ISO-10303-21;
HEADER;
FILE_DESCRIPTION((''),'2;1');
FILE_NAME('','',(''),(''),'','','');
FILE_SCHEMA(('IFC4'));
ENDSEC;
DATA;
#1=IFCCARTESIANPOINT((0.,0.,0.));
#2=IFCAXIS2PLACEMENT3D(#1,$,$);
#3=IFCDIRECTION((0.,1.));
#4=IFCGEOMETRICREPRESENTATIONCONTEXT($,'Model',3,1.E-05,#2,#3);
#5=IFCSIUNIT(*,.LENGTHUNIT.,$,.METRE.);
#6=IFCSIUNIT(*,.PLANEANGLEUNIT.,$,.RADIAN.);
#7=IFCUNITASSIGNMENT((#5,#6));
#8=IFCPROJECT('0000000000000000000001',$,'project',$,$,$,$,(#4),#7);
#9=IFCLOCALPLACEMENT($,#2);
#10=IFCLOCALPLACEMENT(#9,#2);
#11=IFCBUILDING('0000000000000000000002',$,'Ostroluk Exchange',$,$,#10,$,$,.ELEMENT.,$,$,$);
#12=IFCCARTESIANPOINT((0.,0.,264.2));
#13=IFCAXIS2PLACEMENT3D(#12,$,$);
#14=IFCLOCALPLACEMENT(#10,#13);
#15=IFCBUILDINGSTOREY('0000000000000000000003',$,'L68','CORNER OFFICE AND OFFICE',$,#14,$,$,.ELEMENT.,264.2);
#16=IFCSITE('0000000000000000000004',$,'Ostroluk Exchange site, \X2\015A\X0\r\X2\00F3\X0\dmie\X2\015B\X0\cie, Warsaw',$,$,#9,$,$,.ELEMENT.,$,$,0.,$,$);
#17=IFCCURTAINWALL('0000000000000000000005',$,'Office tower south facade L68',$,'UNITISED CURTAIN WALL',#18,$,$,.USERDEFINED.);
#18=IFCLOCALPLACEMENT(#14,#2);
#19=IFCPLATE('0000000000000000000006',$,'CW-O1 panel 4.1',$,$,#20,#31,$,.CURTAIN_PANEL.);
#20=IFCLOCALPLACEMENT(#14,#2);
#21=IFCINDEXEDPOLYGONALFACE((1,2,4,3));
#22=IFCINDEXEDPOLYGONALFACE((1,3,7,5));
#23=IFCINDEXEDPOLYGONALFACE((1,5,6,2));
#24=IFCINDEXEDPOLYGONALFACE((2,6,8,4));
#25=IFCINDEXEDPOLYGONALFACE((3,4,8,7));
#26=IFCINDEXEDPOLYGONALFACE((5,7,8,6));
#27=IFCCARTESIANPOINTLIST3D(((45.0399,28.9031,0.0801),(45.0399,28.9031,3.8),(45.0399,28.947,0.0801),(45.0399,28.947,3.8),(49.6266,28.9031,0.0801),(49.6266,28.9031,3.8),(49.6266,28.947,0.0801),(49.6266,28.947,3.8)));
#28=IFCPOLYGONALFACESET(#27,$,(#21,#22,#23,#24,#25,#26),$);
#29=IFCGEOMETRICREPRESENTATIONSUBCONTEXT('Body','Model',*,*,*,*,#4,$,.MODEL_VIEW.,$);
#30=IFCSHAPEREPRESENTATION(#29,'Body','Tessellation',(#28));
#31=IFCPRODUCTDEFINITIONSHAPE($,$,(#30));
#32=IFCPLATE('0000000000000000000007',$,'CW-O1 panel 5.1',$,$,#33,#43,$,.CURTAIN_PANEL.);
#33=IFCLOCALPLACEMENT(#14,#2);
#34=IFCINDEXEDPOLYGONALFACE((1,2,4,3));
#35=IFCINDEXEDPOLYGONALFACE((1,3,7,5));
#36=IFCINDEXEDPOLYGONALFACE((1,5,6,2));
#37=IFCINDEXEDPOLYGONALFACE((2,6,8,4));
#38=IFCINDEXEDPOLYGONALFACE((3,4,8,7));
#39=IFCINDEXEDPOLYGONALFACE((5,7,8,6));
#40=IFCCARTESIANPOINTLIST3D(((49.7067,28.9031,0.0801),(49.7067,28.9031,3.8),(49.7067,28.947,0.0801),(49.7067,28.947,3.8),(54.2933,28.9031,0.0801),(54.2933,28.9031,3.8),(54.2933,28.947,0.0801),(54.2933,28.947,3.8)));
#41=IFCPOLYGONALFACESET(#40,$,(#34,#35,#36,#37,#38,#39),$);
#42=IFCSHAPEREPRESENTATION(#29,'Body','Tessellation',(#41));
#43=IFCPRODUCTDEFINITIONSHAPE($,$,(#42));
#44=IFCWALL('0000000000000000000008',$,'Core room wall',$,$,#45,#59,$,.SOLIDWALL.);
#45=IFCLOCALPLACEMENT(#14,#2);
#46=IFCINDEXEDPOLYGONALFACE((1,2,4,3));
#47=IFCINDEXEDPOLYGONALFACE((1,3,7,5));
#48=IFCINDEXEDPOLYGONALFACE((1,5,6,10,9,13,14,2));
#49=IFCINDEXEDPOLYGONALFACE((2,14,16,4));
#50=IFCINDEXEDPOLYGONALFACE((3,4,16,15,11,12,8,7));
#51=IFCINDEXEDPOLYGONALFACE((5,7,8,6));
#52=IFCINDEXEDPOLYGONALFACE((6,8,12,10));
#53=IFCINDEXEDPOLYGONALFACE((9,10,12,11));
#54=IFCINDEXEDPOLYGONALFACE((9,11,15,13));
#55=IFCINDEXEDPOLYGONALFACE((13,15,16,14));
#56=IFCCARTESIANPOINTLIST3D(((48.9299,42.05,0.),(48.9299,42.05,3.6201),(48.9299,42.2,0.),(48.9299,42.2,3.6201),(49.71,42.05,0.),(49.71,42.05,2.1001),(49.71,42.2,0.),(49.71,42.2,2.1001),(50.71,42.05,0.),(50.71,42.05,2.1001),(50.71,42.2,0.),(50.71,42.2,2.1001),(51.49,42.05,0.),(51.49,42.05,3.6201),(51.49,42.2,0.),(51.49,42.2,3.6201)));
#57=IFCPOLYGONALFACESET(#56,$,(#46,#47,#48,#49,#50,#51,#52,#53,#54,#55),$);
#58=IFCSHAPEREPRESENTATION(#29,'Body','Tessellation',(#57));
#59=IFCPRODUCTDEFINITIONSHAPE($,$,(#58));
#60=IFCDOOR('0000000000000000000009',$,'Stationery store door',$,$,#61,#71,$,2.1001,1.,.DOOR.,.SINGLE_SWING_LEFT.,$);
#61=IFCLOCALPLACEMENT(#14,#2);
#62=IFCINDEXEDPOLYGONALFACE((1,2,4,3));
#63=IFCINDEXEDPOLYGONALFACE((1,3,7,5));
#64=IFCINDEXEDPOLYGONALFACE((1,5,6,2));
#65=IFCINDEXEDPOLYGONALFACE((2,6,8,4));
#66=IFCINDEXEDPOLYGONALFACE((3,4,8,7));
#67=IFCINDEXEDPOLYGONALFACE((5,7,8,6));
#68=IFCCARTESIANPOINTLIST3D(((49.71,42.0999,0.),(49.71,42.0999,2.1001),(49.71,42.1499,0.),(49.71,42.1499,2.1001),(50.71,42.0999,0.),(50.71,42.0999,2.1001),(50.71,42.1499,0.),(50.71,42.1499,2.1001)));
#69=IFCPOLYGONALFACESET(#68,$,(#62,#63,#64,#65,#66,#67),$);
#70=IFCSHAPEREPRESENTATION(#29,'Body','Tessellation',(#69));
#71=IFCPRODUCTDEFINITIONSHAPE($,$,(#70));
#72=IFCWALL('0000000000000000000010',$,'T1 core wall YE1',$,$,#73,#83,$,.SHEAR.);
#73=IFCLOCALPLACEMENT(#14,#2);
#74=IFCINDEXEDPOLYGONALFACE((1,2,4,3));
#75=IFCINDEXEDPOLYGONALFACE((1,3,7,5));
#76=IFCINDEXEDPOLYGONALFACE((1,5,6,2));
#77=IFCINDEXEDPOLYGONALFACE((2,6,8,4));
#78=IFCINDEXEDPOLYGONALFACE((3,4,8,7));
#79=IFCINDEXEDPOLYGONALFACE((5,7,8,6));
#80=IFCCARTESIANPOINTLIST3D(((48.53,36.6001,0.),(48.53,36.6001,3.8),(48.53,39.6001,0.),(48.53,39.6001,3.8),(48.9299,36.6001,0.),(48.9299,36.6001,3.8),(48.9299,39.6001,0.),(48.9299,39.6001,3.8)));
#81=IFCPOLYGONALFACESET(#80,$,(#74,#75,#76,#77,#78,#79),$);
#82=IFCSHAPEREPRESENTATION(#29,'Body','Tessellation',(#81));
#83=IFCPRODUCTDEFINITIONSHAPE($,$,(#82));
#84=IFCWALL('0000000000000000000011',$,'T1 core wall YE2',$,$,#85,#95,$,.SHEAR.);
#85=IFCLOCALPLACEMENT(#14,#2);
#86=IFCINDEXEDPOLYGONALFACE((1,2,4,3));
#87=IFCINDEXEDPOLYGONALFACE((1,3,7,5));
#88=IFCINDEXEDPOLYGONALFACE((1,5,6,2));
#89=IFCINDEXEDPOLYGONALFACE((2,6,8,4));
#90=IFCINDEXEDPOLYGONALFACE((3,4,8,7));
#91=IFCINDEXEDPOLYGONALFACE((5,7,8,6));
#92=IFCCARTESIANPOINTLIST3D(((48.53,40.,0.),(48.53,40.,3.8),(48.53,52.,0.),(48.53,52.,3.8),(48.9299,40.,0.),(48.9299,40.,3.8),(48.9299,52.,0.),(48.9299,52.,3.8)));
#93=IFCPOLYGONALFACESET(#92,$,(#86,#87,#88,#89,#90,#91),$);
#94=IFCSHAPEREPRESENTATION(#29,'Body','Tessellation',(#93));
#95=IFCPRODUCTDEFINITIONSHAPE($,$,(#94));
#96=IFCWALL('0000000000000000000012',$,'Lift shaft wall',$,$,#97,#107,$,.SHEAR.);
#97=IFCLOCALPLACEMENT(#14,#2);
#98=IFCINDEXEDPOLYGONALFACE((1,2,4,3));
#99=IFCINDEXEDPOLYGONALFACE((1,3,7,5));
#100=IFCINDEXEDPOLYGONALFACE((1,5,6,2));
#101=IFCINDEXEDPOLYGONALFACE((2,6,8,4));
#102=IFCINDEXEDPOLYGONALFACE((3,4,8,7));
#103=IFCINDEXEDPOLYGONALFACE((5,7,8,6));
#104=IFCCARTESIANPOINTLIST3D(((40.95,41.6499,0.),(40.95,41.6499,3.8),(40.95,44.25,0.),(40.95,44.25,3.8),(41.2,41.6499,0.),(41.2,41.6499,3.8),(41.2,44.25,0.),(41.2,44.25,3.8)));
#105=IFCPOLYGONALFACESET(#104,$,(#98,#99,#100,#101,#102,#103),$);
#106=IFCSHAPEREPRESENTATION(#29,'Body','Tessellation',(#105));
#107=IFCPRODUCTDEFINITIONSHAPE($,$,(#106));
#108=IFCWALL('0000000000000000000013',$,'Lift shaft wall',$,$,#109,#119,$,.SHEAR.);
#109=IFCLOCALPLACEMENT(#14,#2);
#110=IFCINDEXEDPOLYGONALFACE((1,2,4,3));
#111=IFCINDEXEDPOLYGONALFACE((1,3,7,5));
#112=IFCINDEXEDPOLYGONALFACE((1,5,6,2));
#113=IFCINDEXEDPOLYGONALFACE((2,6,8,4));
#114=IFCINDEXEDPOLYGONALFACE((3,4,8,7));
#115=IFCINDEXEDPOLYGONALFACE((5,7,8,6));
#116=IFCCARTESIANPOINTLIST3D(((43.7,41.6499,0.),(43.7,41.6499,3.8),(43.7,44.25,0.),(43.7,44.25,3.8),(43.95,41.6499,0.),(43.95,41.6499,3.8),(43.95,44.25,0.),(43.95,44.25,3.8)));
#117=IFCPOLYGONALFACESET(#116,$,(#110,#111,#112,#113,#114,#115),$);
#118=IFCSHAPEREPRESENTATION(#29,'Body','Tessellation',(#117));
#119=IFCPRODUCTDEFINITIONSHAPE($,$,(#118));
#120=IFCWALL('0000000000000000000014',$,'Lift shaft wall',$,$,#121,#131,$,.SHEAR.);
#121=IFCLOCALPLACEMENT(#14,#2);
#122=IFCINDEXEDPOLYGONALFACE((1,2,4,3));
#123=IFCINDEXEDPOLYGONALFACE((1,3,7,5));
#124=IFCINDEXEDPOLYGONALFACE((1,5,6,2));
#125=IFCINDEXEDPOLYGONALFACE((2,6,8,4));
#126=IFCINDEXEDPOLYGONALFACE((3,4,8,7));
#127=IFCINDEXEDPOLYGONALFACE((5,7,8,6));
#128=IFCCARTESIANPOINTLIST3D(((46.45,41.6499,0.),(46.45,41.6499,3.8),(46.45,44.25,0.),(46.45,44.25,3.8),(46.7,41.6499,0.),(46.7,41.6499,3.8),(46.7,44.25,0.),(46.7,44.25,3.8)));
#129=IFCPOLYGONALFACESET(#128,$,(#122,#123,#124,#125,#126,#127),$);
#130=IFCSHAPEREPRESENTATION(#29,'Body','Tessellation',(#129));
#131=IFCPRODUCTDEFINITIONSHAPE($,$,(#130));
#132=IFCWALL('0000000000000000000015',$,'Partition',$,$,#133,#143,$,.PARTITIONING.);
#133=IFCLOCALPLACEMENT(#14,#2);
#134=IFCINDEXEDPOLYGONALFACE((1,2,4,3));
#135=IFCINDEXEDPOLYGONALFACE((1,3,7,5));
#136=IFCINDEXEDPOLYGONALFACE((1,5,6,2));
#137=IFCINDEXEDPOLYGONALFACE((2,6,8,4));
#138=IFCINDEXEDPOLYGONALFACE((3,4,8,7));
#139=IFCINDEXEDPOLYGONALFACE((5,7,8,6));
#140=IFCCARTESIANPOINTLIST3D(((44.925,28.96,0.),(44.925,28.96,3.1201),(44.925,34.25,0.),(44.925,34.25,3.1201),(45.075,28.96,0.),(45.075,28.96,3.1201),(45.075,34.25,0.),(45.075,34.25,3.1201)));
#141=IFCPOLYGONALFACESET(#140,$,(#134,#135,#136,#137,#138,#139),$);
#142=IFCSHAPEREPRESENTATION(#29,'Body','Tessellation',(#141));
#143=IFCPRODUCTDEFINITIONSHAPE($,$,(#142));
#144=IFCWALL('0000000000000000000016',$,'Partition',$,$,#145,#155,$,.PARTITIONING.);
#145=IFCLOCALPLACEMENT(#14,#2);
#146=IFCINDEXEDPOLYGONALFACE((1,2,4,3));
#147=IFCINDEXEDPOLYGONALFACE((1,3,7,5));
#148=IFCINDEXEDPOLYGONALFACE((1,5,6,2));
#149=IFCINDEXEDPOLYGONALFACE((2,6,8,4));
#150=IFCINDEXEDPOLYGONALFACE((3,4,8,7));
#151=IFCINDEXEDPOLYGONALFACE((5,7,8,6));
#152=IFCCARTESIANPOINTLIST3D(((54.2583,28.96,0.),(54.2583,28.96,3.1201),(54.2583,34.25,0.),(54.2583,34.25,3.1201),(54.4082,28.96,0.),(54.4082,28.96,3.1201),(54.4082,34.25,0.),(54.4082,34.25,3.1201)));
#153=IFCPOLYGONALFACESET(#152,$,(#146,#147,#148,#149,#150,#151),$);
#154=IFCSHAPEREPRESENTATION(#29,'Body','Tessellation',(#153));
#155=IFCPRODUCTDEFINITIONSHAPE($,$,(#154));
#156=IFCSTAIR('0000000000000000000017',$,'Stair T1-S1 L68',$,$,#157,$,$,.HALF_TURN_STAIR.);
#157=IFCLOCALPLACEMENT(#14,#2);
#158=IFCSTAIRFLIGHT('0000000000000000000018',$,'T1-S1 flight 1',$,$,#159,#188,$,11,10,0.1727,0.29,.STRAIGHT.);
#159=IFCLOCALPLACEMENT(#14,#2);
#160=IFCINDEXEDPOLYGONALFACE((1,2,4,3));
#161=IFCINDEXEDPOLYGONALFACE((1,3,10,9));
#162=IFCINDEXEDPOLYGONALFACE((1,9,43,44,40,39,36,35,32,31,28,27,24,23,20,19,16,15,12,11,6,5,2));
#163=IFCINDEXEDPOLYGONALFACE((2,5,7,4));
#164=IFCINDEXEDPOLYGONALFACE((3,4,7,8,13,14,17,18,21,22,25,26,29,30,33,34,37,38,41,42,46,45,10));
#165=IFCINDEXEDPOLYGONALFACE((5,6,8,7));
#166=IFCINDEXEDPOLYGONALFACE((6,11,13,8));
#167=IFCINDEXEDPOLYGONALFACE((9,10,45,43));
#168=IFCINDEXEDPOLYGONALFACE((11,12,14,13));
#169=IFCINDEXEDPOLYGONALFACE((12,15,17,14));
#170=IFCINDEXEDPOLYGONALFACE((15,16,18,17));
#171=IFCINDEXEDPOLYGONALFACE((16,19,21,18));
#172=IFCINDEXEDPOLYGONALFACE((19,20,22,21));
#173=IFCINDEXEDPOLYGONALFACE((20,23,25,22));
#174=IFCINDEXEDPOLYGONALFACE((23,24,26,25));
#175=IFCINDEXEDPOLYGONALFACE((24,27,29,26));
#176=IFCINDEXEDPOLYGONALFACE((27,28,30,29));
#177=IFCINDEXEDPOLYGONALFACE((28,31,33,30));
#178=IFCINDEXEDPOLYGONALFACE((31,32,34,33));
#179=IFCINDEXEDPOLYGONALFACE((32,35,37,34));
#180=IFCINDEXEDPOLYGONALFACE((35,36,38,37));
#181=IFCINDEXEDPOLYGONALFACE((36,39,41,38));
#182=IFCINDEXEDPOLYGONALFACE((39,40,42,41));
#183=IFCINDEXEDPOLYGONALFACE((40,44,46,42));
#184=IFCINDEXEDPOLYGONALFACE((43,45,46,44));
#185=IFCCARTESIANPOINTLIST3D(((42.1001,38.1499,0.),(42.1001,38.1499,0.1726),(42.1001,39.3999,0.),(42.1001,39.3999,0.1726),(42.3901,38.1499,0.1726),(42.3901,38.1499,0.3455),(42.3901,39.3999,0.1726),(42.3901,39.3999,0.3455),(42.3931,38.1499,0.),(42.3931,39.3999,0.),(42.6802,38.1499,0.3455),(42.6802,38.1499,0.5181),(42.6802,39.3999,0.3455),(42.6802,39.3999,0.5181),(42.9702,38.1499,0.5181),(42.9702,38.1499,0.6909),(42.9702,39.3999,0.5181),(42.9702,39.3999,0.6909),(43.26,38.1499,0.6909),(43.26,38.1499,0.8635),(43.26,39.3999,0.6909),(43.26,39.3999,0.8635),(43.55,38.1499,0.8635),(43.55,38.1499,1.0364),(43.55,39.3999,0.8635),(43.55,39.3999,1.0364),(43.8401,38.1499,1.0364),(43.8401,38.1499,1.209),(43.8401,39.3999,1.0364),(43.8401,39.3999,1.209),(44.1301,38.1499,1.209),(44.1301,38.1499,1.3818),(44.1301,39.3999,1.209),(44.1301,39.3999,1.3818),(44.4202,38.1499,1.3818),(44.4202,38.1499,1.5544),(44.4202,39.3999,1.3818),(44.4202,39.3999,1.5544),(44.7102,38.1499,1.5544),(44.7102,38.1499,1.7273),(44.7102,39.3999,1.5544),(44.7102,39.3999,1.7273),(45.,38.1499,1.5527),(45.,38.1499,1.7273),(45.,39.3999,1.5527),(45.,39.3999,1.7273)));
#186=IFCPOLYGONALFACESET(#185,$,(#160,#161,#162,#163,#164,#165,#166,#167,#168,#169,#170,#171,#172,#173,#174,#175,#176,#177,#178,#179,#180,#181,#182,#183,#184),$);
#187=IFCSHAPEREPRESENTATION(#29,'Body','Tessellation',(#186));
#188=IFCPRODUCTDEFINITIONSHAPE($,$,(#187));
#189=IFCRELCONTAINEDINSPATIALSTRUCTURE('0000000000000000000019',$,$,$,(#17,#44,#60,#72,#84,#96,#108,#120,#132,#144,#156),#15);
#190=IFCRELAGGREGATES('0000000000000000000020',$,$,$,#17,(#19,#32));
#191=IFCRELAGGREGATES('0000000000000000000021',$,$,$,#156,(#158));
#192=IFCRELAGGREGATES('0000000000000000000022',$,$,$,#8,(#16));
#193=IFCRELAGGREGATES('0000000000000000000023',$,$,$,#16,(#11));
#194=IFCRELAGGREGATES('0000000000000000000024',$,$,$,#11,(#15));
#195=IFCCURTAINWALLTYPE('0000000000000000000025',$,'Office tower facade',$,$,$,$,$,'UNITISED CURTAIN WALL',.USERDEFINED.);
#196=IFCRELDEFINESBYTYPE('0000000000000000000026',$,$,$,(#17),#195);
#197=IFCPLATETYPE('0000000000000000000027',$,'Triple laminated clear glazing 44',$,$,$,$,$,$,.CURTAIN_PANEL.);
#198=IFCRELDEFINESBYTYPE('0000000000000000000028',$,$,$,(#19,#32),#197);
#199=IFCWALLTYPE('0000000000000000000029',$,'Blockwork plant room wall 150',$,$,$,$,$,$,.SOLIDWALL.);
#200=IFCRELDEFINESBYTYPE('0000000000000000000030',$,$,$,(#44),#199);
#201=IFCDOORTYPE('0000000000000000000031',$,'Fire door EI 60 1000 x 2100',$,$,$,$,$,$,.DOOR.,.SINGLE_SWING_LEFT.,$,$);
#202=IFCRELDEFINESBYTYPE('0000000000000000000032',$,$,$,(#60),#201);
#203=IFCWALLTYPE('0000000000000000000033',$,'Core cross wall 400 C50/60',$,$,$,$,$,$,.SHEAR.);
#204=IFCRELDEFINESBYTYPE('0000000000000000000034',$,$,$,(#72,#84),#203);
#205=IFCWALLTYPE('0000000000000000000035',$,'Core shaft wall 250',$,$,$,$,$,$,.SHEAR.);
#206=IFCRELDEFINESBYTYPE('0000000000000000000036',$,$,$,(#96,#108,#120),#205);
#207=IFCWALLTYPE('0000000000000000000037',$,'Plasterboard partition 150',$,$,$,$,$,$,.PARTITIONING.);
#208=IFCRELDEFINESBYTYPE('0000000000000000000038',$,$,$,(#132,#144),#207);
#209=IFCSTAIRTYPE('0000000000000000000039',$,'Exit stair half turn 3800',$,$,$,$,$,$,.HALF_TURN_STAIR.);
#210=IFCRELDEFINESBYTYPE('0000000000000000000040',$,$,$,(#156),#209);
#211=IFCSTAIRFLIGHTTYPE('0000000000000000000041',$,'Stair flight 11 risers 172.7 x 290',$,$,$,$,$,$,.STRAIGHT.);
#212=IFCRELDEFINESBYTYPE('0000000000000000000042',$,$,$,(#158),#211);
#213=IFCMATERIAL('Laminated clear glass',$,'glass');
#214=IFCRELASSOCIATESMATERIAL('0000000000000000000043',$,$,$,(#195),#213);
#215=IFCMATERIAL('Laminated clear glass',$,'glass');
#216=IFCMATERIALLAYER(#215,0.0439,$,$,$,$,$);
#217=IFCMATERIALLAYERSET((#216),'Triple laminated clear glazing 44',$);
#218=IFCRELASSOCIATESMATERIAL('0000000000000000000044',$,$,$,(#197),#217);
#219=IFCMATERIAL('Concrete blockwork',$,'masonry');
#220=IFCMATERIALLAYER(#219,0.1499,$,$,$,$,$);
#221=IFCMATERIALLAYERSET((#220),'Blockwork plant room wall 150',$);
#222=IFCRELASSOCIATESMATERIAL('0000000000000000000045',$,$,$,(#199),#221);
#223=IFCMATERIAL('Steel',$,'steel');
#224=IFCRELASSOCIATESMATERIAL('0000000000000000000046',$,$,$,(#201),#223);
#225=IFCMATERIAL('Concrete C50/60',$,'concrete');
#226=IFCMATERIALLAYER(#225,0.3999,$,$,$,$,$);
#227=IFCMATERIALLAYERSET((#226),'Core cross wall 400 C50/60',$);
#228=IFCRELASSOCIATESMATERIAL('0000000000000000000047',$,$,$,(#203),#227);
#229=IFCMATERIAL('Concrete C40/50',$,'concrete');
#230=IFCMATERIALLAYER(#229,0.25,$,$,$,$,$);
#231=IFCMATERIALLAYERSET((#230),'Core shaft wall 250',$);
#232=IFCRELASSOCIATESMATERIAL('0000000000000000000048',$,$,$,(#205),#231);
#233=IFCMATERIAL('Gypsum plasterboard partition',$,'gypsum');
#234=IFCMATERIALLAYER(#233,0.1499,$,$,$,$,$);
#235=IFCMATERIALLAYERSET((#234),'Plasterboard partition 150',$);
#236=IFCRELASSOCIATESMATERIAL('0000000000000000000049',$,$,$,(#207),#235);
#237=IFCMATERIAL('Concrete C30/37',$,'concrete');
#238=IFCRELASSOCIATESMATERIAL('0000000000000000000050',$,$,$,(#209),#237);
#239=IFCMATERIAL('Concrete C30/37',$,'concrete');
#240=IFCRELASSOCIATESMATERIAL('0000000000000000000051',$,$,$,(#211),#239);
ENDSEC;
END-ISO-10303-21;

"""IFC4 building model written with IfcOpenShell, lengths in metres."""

from ifc_helpers import new_model, si_unit, direction, frame, frame_2d, origin, origin_2d, place, context, subcontext, project, spatial, polyline, rectangle, outline, extrude, material, layer, layer_set, type_object, element, fill, aggregate, save


model = new_model("IFC4")

# Units and contexts
model_context = context("Model", 3, precision=1e-05, world=origin(), true_north=direction((0.0, 1.0)))
body_context = subcontext(model_context, "Body", "Model", "MODEL_VIEW")
ifc_project = project(units=[si_unit("LENGTHUNIT", "METRE"), si_unit("PLANEANGLEUNIT", "RADIAN")], contexts=[model_context])

# Site, building, storey
site_placement = place(None, origin())
site = spatial("IfcSite", under=ifc_project, at=site_placement, Name="Ostroluk Exchange site, Śródmieście, Warsaw", CompositionType="ELEMENT", RefElevation=0.0)
building_placement = place(site_placement, origin())
building = spatial("IfcBuilding", under=site, at=building_placement, Name="Ostroluk Exchange", CompositionType="ELEMENT")
storey_placement = place(building_placement, frame((0.0, 0.0, 264.2)))
storey = spatial("IfcBuildingStorey", under=building, at=storey_placement, Name="L68", Description="CORNER OFFICE AND OFFICE", CompositionType="ELEMENT", Elevation=264.2)

# Curtain wall, plates
ifc_material_1 = material(Name="Laminated clear glass", Category="glass")
curtain_wall_type = type_object("IfcCurtainWallType", Name="Office tower facade", ElementType="UNITISED CURTAIN WALL", PredefinedType="USERDEFINED", material=ifc_material_1)
curtain_wall_placement = place(storey_placement, origin())
curtain_wall = element("IfcCurtainWall", 1, at=curtain_wall_placement, inside=storey, type_object=curtain_wall_type, Name="Office tower south facade L68", ObjectType="UNITISED CURTAIN WALL", PredefinedType="USERDEFINED")
ifc_material_2 = material(Name="Laminated clear glass", Category="glass")
ifc_layer_1 = layer(ifc_material_2, 0.0439)
ifc_layer_set_1 = layer_set([ifc_layer_1], Name="Triple laminated clear glazing 44")
plate_type = type_object("IfcPlateType", Name="Triple laminated clear glazing 44", PredefinedType="CURTAIN_PANEL", material=ifc_layer_set_1)
plate_1_placement = place(storey_placement, frame((47.3333, 28.925, 0.0801), z_axis=(0.0, 0.0, 1.0), x_axis=(1.0, 0.0, 0.0)))
plate_1 = element("IfcPlate", 2, at=plate_1_placement, type_object=plate_type, Name="CW-O1 panel 4.1", PredefinedType="CURTAIN_PANEL", context=body_context, shape_type="SweptSolid", body=[
    extrude(rectangle(XDim=4.5867, YDim=0.0439, at=origin_2d()), origin(), (0.0, 0.0, 1.0), 3.72),
])
plate_2_placement = place(storey_placement, frame((52.0, 28.925, 0.0801), z_axis=(0.0, 0.0, 1.0), x_axis=(1.0, 0.0, 0.0)))
plate_2 = element("IfcPlate", 3, at=plate_2_placement, type_object=plate_type, Name="CW-O1 panel 5.1", PredefinedType="CURTAIN_PANEL", context=body_context, shape_type="SweptSolid", body=[
    extrude(rectangle(XDim=4.5867, YDim=0.0439, at=origin_2d()), origin(), (0.0, 0.0, 1.0), 3.72),
])
aggregate(curtain_wall, [plate_1, plate_2])

# Wall, opening, door
ifc_material_3 = material(Name="Concrete blockwork", Category="masonry")
ifc_layer_2 = layer(ifc_material_3, 0.1499)
ifc_layer_set_2 = layer_set([ifc_layer_2], Name="Blockwork plant room wall 150")
wall_type_1 = type_object("IfcWallType", Name="Blockwork plant room wall 150", PredefinedType="SOLIDWALL", material=ifc_layer_set_2)
wall_1_placement = place(storey_placement, frame((48.9299, 42.125, 0.0), z_axis=(0.0, 0.0, 1.0), x_axis=(1.0, 0.0, 0.0)))
wall_1 = element("IfcWall", 4, at=wall_1_placement, inside=storey, type_object=wall_type_1, Name="Core room wall", PredefinedType="SOLIDWALL", context=body_context, shape_type="SweptSolid", body=[
    extrude(rectangle(XDim=2.5601, YDim=0.1499, at=frame_2d((1.28, 0.0))), origin(), (0.0, 0.0, 1.0), 3.6201),
])
opening_1_placement = place(wall_1_placement, frame((0.78, 0.0, 0.0)))
opening_1 = element("IfcOpeningElement", 5, at=opening_1_placement, cuts=wall_1, PredefinedType="OPENING", context=body_context, shape_type="SweptSolid", body=[
    extrude(rectangle(XDim=1.0, YDim=2.1001, at=frame_2d((0.5, 1.05))), frame((0.0, 0.085, 0.0), z_axis=(0.0, -1.0, 0.0), x_axis=(1.0, 0.0, 0.0)), (0.0, 0.0, 1.0), 0.1699),
])
ifc_material_4 = material(Name="Steel", Category="steel")
door_type_1 = type_object("IfcDoorType", Name="Fire door EI 60 1000 x 2100", OperationType="SINGLE_SWING_LEFT", PredefinedType="DOOR", material=ifc_material_4)
door_1_placement = place(opening_1_placement, origin())
door_1 = element("IfcDoor", 6, at=door_1_placement, inside=storey, type_object=door_type_1, Name="Stationery store door", OperationType="SINGLE_SWING_LEFT", OverallHeight=2.1001, OverallWidth=1.0, PredefinedType="DOOR", context=body_context, shape_type="SweptSolid", body=[
    extrude(rectangle(XDim=1.0, YDim=2.1001, at=frame_2d((0.5, 1.05))), frame((0.0, 0.0249, 0.0), z_axis=(0.0, -1.0, 0.0), x_axis=(1.0, 0.0, 0.0)), (0.0, 0.0, 1.0), 0.05),
])
fill(opening_1, door_1)

# Walls
ifc_material_5 = material(Name="Concrete C50/60", Category="concrete")
ifc_layer_3 = layer(ifc_material_5, 0.3999)
ifc_layer_set_3 = layer_set([ifc_layer_3], Name="Core cross wall 400 C50/60")
wall_type_2 = type_object("IfcWallType", Name="Core cross wall 400 C50/60", PredefinedType="SHEAR", material=ifc_layer_set_3)
wall_2_placement = place(storey_placement, frame((48.73, 36.6001, 0.0), z_axis=(0.0, 0.0, 1.0), x_axis=(0.0, 1.0, 0.0)))
element("IfcWall", 7, at=wall_2_placement, inside=storey, type_object=wall_type_2, Name="T1 core wall YE1", PredefinedType="SHEAR", context=body_context, shape_type="SweptSolid", body=[
    extrude(rectangle(XDim=3.0, YDim=0.3999, at=frame_2d((1.5, 0.0))), origin(), (0.0, 0.0, 1.0), 3.8),
])
wall_3_placement = place(storey_placement, frame((48.73, 40.0, 0.0), z_axis=(0.0, 0.0, 1.0), x_axis=(0.0, 1.0, 0.0)))
element("IfcWall", 8, at=wall_3_placement, inside=storey, type_object=wall_type_2, Name="T1 core wall YE2", PredefinedType="SHEAR", context=body_context, shape_type="SweptSolid", body=[
    extrude(rectangle(XDim=12.0, YDim=0.3999, at=frame_2d((6.0, 0.0))), origin(), (0.0, 0.0, 1.0), 3.8),
])

# Shared definitions
ifc_material_6 = material(Name="Concrete C40/50", Category="concrete")
ifc_layer_4 = layer(ifc_material_6, 0.25)
ifc_layer_set_4 = layer_set([ifc_layer_4], Name="Core shaft wall 250")
wall_type_3 = type_object("IfcWallType", Name="Core shaft wall 250", PredefinedType="SHEAR", material=ifc_layer_set_4)

# Walls
for number, where, z_axis, x_axis, name in (
    (9, (41.075, 44.25, 0.0), (0.0, 0.0, 1.0), (0.0, -1.0, 0.0), "Lift shaft wall"),
    (10, (43.825, 44.25, 0.0), (0.0, 0.0, 1.0), (0.0, -1.0, 0.0), "Lift shaft wall"),
    (11, (46.575, 44.25, 0.0), (0.0, 0.0, 1.0), (0.0, -1.0, 0.0), "Lift shaft wall"),
):
    element("IfcWall", number, at=place(storey_placement, frame(where, z_axis=z_axis, x_axis=x_axis)), inside=storey, type_object=wall_type_3, Name=name, PredefinedType="SHEAR", context=body_context, shape_type="SweptSolid", body=[
        extrude(rectangle(XDim=2.6001, YDim=0.25, at=frame_2d((1.3, 0.0))), origin(), (0.0, 0.0, 1.0), 3.8),
    ])

# Walls
ifc_material_7 = material(Name="Gypsum plasterboard partition", Category="gypsum")
ifc_layer_5 = layer(ifc_material_7, 0.1499)
ifc_layer_set_5 = layer_set([ifc_layer_5], Name="Plasterboard partition 150")
wall_type_4 = type_object("IfcWallType", Name="Plasterboard partition 150", PredefinedType="PARTITIONING", material=ifc_layer_set_5)
for number, where, z_axis, x_axis, name in (
    (12, (45.0, 34.25, 0.0), (0.0, 0.0, 1.0), (0.0, -1.0, 0.0), "Partition"),
    (13, (54.3333, 34.25, 0.0), (0.0, 0.0, 1.0), (0.0, -1.0, 0.0), "Partition"),
):
    element("IfcWall", number, at=place(storey_placement, frame(where, z_axis=z_axis, x_axis=x_axis)), inside=storey, type_object=wall_type_4, Name=name, PredefinedType="PARTITIONING", context=body_context, shape_type="SweptSolid", body=[
        extrude(rectangle(XDim=5.29, YDim=0.1499, at=frame_2d((2.645, 0.0))), origin(), (0.0, 0.0, 1.0), 3.1201),
    ])

# Stair, stair flight
ifc_material_8 = material(Name="Concrete C30/37", Category="concrete")
stair_type = type_object("IfcStairType", Name="Exit stair half turn 3800", PredefinedType="HALF_TURN_STAIR", material=ifc_material_8)
stair_placement = place(storey_placement, origin())
stair = element("IfcStair", 14, at=stair_placement, inside=storey, type_object=stair_type, Name="Stair T1-S1 L68", PredefinedType="HALF_TURN_STAIR")
ifc_material_9 = material(Name="Concrete C30/37", Category="concrete")
stair_flight_type = type_object("IfcStairFlightType", Name="Stair flight 11 risers 172.7 x 290", PredefinedType="STRAIGHT", material=ifc_material_9)
stair_flight_1_placement = place(storey_placement, frame((42.1001, 38.7749, 0.0), z_axis=(0.0, 0.0, 1.0), x_axis=(1.0, 0.0, 0.0)))
stair_flight_1 = element("IfcStairFlight", 15, at=stair_flight_1_placement, type_object=stair_flight_type, Name="T1-S1 flight 1", NumberOfRisers=11, NumberOfTreads=10, PredefinedType="STRAIGHT", RiserHeight=0.1727, TreadLength=0.29, context=body_context, shape_type="SweptSolid", body=[
    extrude(outline(polyline([(0.0, 0.0), (0.0, 0.1726), (0.29, 0.1726), (0.29, 0.3455), (0.5801, 0.3455), (0.5801, 0.5181), (0.8701, 0.5181), (0.8701, 0.6909), (1.1599, 0.6909), (1.1599, 0.8635), (1.45, 0.8635), (1.45, 1.0364), (1.74, 1.0364), (1.74, 1.209), (2.03, 1.209), (2.03, 1.3818), (2.3201, 1.3818), (2.3201, 1.5544), (2.6101, 1.5544), (2.6101, 1.7273), (2.8999, 1.7273), (2.8999, 1.8999), (2.8999, 1.5527), (0.293, 0.0), (0.0, 0.0)])), frame((0.0, 0.625, 0.0), z_axis=(0.0, -1.0, 0.0), x_axis=(1.0, 0.0, 0.0)), (0.0, 0.0, 1.0), 1.25),
])
aggregate(stair, [stair_flight_1])

save(model, "model.ifc")
